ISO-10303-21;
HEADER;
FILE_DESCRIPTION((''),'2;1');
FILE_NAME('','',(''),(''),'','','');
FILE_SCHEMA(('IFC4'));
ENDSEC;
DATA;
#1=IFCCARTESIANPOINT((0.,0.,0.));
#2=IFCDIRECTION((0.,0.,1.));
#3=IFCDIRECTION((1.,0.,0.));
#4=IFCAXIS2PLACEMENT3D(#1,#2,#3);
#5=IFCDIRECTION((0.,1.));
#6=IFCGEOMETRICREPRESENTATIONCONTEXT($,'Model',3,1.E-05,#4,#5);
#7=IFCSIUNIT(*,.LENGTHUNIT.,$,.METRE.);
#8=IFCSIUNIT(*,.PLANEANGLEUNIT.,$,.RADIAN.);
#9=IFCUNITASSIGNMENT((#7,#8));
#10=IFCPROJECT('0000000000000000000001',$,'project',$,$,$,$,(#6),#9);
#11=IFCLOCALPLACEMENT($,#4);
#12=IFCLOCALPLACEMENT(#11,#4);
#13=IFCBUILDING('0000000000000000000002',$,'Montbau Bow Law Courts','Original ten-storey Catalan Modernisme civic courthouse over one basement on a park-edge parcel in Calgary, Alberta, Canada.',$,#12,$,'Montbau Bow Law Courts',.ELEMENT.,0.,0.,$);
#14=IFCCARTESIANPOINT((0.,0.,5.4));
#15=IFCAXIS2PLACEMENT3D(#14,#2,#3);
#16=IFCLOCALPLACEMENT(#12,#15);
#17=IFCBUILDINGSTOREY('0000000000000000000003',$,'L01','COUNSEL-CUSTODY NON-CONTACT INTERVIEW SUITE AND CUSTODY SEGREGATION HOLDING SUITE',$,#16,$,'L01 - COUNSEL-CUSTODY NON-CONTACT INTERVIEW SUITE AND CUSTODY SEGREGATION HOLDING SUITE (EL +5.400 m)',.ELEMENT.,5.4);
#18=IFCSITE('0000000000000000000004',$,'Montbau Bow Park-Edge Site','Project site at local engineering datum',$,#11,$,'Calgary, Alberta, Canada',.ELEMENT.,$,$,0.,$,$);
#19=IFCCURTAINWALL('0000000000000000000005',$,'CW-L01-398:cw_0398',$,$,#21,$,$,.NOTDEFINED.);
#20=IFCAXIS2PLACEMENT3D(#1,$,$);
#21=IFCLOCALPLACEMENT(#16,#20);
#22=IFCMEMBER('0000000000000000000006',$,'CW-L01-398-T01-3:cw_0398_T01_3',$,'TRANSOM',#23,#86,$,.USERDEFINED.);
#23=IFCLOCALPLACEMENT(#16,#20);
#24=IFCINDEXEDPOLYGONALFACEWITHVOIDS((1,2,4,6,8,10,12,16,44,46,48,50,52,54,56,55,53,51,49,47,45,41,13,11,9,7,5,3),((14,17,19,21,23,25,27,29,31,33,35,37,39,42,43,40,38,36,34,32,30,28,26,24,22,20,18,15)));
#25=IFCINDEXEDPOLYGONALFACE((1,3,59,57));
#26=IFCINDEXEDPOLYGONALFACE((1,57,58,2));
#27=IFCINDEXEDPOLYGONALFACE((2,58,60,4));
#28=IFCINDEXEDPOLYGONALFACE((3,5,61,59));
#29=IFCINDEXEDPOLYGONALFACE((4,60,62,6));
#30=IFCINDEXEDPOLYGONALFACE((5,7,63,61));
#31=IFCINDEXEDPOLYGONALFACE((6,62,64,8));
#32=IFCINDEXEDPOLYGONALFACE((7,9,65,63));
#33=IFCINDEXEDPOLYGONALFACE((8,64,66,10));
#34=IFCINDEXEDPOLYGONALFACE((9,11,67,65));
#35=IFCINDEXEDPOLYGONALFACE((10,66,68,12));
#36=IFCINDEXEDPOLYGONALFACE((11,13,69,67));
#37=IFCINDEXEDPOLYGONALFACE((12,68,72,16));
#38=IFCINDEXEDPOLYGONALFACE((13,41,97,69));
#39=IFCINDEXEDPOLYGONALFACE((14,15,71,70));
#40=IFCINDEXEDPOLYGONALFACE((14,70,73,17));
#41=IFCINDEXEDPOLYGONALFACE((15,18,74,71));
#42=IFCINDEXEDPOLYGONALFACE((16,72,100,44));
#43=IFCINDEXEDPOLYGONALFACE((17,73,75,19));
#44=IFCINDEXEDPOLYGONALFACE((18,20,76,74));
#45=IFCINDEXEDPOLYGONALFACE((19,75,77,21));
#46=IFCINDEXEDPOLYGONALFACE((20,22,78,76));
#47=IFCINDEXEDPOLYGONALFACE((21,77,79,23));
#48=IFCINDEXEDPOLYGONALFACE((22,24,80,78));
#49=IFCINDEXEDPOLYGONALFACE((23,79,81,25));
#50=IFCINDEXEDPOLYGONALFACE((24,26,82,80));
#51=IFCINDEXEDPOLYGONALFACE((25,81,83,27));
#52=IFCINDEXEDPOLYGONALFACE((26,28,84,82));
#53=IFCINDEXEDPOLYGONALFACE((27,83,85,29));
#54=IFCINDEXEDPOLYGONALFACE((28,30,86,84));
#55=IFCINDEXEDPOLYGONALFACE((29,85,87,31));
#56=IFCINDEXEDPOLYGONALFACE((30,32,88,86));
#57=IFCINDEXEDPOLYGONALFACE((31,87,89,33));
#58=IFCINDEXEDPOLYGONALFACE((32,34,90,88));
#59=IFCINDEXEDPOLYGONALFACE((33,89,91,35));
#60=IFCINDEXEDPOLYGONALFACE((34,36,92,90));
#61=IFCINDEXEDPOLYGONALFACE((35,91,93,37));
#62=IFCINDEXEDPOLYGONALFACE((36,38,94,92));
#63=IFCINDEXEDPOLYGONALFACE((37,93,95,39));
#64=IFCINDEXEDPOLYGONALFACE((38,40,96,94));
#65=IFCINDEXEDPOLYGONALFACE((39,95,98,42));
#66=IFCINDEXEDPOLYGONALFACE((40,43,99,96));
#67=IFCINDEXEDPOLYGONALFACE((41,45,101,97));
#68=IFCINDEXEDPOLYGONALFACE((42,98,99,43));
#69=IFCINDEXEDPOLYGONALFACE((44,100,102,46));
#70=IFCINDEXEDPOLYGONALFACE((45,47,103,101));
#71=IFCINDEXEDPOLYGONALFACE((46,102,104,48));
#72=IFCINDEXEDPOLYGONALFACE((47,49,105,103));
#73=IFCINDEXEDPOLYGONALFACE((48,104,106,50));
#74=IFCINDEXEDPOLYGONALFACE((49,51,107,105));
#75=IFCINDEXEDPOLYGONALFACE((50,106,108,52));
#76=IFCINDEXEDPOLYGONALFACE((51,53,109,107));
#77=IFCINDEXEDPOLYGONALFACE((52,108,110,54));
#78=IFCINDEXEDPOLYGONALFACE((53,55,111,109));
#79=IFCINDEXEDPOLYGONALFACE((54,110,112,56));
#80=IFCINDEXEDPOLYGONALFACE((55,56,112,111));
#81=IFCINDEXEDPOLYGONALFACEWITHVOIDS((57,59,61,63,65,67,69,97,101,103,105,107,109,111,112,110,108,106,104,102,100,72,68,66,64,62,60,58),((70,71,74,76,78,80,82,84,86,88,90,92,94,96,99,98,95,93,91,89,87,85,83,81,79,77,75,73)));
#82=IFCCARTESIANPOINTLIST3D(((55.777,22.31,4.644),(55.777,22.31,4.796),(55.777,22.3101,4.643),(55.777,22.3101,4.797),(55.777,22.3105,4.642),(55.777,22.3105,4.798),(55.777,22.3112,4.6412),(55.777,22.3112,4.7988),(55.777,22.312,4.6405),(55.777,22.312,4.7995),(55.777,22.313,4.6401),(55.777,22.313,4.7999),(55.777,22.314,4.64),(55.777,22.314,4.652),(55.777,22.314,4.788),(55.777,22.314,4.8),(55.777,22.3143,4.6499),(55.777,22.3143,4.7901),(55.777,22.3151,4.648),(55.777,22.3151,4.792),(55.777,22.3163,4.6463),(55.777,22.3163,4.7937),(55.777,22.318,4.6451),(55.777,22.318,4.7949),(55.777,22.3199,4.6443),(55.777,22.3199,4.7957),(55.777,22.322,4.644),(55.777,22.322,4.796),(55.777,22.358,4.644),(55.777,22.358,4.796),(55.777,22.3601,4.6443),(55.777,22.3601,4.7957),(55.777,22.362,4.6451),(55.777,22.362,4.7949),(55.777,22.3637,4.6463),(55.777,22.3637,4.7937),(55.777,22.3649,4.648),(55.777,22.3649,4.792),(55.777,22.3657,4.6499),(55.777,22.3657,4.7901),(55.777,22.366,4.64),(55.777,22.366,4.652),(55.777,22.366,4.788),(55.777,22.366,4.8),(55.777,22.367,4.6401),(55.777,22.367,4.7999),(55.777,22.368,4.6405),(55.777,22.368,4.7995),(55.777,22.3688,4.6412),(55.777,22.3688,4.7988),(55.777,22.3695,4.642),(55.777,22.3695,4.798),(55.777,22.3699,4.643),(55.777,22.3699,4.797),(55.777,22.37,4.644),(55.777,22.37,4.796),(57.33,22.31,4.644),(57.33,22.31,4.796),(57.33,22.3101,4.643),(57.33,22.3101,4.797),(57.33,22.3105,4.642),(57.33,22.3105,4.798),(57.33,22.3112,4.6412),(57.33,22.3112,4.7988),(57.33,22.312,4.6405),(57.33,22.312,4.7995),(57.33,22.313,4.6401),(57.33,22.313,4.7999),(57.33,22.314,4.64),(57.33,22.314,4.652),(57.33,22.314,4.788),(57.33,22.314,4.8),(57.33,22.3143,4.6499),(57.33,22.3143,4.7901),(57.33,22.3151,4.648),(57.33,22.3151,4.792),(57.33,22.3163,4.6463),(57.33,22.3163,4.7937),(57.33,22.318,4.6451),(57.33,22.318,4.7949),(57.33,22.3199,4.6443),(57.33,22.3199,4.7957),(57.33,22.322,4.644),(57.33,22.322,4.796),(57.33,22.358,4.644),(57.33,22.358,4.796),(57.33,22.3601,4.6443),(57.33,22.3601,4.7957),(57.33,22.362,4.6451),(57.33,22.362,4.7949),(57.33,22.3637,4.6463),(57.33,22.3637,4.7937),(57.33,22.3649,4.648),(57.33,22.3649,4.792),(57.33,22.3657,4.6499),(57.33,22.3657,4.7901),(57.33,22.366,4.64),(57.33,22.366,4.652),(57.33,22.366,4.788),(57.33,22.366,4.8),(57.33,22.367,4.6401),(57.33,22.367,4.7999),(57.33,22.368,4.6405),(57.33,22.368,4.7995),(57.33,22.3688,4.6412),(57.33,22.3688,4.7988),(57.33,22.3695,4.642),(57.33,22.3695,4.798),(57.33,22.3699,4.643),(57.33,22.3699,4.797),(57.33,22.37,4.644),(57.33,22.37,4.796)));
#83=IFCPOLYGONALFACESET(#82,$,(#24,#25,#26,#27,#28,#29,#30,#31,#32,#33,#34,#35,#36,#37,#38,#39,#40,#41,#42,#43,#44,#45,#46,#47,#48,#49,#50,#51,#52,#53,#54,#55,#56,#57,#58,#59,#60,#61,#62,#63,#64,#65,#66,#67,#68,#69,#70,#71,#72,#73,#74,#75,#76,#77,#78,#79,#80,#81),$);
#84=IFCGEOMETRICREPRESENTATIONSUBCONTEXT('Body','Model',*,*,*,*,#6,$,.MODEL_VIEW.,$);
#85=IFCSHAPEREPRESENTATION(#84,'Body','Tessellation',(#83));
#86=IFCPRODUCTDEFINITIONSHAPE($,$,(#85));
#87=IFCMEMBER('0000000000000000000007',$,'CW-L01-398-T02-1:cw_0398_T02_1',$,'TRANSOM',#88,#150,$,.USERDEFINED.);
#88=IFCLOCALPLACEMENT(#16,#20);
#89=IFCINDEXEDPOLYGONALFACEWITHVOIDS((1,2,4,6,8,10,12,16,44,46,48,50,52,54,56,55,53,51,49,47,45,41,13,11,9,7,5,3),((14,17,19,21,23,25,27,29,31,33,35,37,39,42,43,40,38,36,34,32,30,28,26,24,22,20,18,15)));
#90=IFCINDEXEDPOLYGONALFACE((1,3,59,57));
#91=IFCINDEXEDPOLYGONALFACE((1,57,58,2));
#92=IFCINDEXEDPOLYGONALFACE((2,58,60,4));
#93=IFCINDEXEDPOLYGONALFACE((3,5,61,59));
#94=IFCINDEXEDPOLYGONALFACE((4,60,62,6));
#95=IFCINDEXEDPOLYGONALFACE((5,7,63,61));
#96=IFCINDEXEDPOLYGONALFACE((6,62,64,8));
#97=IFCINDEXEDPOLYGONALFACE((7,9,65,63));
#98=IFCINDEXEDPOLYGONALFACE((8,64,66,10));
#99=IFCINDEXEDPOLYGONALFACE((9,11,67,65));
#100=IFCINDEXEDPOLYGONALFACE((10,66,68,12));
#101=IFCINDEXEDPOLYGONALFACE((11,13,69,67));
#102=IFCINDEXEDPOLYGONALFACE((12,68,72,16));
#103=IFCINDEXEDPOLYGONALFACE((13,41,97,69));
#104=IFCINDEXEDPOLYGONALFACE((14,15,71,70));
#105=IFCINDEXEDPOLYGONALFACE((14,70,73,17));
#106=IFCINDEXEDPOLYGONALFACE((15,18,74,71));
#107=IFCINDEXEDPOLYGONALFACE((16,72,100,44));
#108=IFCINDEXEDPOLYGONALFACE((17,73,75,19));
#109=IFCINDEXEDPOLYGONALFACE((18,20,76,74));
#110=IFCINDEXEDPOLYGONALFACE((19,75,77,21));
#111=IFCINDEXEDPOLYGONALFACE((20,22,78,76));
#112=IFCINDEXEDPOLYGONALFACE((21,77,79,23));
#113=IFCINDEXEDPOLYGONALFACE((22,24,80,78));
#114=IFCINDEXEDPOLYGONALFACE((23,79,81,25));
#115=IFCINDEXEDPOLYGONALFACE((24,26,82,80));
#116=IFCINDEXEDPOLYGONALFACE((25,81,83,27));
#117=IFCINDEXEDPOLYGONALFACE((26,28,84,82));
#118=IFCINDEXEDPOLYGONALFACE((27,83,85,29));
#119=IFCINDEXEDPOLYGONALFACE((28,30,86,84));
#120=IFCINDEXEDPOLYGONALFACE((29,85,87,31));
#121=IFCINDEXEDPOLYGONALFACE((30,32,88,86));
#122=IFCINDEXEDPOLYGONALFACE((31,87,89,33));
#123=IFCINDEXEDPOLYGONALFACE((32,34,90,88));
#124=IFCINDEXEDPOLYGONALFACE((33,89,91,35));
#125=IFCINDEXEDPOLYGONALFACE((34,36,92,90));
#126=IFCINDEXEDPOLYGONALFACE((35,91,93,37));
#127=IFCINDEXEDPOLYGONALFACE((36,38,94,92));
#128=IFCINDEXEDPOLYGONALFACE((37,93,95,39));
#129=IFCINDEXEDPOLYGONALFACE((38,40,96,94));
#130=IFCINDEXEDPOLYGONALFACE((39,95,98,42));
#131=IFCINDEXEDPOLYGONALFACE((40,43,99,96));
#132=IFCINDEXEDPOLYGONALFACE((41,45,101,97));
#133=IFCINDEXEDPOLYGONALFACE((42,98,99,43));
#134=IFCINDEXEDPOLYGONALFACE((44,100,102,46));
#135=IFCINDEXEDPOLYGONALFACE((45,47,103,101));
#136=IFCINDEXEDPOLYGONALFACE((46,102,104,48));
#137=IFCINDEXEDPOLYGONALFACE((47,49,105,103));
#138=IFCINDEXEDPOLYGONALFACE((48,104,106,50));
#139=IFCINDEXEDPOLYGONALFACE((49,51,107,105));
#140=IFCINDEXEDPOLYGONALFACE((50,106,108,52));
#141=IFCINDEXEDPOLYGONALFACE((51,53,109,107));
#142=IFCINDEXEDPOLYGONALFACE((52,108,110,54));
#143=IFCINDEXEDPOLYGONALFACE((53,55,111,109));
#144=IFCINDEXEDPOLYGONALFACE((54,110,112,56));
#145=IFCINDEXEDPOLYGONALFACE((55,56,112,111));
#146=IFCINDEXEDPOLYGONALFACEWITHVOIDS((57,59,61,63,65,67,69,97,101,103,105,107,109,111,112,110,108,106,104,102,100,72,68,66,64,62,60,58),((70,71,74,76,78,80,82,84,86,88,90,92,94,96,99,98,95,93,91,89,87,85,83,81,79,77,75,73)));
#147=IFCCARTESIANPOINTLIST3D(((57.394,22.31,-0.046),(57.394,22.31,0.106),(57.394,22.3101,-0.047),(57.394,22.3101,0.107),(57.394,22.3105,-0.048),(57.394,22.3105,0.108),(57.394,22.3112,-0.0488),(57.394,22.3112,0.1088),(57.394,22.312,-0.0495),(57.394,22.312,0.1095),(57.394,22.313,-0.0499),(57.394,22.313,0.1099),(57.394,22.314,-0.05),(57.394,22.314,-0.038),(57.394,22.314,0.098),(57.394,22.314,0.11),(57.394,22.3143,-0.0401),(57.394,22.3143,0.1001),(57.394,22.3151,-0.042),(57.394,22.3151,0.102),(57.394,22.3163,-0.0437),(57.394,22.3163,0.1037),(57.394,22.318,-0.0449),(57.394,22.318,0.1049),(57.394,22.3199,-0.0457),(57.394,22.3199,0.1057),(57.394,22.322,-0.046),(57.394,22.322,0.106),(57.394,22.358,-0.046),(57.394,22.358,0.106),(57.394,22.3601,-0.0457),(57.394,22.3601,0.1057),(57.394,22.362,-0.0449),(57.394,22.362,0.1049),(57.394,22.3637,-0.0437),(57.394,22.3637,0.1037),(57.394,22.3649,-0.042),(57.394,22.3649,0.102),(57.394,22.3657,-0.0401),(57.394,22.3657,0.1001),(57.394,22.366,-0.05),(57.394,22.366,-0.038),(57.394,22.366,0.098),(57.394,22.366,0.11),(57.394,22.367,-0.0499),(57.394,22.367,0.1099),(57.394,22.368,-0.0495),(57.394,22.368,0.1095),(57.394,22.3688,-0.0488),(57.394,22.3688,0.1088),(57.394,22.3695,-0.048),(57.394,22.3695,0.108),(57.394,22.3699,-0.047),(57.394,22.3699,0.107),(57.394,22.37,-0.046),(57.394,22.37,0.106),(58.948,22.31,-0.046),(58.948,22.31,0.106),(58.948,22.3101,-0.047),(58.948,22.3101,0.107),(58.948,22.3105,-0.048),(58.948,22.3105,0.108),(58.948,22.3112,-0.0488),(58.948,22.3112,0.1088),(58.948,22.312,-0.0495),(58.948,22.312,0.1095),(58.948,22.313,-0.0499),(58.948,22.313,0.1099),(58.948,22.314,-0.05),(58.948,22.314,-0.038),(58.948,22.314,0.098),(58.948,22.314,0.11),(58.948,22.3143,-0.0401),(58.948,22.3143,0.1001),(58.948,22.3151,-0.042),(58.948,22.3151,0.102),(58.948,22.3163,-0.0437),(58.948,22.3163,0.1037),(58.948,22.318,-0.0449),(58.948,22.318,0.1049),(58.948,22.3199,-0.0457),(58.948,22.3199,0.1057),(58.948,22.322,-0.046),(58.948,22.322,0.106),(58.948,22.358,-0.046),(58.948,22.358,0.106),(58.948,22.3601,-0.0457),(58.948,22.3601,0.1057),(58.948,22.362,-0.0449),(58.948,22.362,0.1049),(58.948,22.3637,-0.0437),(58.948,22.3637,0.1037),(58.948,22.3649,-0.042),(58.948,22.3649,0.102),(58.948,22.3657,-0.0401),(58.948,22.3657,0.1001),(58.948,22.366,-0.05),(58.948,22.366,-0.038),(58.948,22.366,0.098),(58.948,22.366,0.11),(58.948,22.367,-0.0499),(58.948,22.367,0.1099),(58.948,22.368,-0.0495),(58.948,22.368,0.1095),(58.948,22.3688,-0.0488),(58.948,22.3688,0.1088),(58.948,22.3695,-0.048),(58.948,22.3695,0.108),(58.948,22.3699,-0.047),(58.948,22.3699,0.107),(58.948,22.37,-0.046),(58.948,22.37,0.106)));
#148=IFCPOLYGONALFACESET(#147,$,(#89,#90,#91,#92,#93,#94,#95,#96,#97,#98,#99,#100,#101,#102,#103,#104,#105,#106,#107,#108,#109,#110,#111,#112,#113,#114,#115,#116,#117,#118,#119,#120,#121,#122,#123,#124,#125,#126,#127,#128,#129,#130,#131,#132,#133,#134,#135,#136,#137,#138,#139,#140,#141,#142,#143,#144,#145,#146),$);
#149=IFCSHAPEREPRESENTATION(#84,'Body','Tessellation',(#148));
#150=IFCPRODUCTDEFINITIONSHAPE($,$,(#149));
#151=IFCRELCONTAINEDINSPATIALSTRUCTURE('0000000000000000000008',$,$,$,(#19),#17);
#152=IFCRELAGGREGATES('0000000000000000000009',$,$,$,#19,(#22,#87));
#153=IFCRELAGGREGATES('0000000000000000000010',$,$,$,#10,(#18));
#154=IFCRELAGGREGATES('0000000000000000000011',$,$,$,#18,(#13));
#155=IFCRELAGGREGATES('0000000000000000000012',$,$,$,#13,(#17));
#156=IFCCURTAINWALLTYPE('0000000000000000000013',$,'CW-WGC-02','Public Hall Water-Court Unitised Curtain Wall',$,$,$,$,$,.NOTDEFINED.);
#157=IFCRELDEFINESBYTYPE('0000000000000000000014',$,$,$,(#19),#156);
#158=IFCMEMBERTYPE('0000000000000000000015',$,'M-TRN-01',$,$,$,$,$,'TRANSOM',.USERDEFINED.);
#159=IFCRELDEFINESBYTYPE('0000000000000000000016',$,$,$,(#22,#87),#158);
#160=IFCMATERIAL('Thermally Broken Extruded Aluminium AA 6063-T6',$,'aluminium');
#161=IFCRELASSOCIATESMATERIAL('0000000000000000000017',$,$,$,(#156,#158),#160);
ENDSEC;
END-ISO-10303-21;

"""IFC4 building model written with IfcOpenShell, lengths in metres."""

from ifc_helpers import new_model, si_unit, direction, frame, origin_with_axes, origin_2d_with_axis, place, context, subcontext, project, spatial, hollow_rectangle, extrude, material, material_profile, profile_set, type_object, element, aggregate, save


model = new_model("IFC4")

# Units and contexts
model_context = context("Model", 3, precision=1e-05, world=origin_with_axes(), true_north=direction((0.0, 1.0)))
body_context = subcontext(model_context, "Body", "Model", "MODEL_VIEW")
ifc_project = project(units=[si_unit("LENGTHUNIT", "METRE"), si_unit("PLANEANGLEUNIT", "RADIAN")], contexts=[model_context])

# Site, building, storey
site_placement = place(None, origin_with_axes())
site = spatial("IfcSite", under=ifc_project, at=site_placement, Name="Montbau Bow Park-Edge Site", Description="Project site at local engineering datum", LongName="Calgary, Alberta, Canada", CompositionType="ELEMENT", RefElevation=0.0)
building_placement = place(site_placement, origin_with_axes())
building = spatial("IfcBuilding", under=site, at=building_placement, Name="Montbau Bow Law Courts", Description="Original ten-storey Catalan Modernisme civic courthouse over one basement on a park-edge parcel in Calgary, Alberta, Canada.", LongName="Montbau Bow Law Courts", CompositionType="ELEMENT", ElevationOfRefHeight=0.0, ElevationOfTerrain=0.0)
storey_placement = place(building_placement, frame((0.0, 0.0, 5.4), z_axis=(0.0, 0.0, 1.0), x_axis=(1.0, 0.0, 0.0)))
storey = spatial("IfcBuildingStorey", under=building, at=storey_placement, Name="L01", Description="COUNSEL-CUSTODY NON-CONTACT INTERVIEW SUITE AND CUSTODY SEGREGATION HOLDING SUITE", LongName="L01 - COUNSEL-CUSTODY NON-CONTACT INTERVIEW SUITE AND CUSTODY SEGREGATION HOLDING SUITE (EL +5.400 m)", CompositionType="ELEMENT", Elevation=5.4)

# Curtain wall, members
ifc_material_1 = material(Name="Thermally Broken Extruded Aluminium AA 6063-T6", Category="aluminium")
curtain_wall_type = type_object("IfcCurtainWallType", Name="CW-WGC-02", Description="Public Hall Water-Court Unitised Curtain Wall", PredefinedType="NOTDEFINED", material=ifc_material_1)
curtain_wall_1_placement = place(None, frame((55.715, 22.34, 5.4), z_axis=(0.0, 0.0, 1.0), x_axis=(1.0, 0.0, 0.0)))
curtain_wall_1 = element("IfcCurtainWall", 1, at=curtain_wall_1_placement, inside=storey, type_object=curtain_wall_type, Name="CW-L01-398:cw_0398", PredefinedType="NOTDEFINED")
ifc_material_profile_1 = material_profile(ifc_material_1, hollow_rectangle(XDim=0.06, YDim=0.16, WallThickness=0.004, InnerFilletRadius=0.008, OuterFilletRadius=0.004, at=origin_2d_with_axis()), Name="CWT-160X60", Category="Main", Priority=0)
ifc_profile_set_1 = profile_set([ifc_material_profile_1], Name="Thermally Broken Extruded Aluminium AA 6063-T6")
member_type_1 = type_object("IfcMemberType", Name="M-TRN-01", ElementType="TRANSOM", PredefinedType="USERDEFINED", material=ifc_profile_set_1)
member_1_placement = place(None, frame((55.777, 22.34, 10.12), z_axis=(1.0, 0.0, 0.0), x_axis=(0.0, 1.0, 0.0)))
member_1 = element("IfcMember", 2, at=member_1_placement, type_object=member_type_1, Name="CW-L01-398-T01-3:cw_0398_T01_3", ObjectType="TRANSOM", PredefinedType="USERDEFINED", context=body_context, shape_type="SweptSolid", body=[
    extrude(hollow_rectangle(XDim=0.06, YDim=0.16, WallThickness=0.004, InnerFilletRadius=0.008, OuterFilletRadius=0.004, at=origin_2d_with_axis()), origin_with_axes(), (0.0, 0.0, 1.0), 1.553),
])
member_2_placement = place(None, frame((57.394, 22.34, 5.43), z_axis=(1.0, 0.0, 0.0), x_axis=(0.0, 1.0, 0.0)))
member_2 = element("IfcMember", 3, at=member_2_placement, type_object=member_type_1, Name="CW-L01-398-T02-1:cw_0398_T02_1", ObjectType="TRANSOM", PredefinedType="USERDEFINED", context=body_context, shape_type="SweptSolid", body=[
    extrude(hollow_rectangle(XDim=0.06, YDim=0.16, WallThickness=0.004, InnerFilletRadius=0.008, OuterFilletRadius=0.004, at=origin_2d_with_axis()), origin_with_axes(), (0.0, 0.0, 1.0), 1.554),
])

aggregate(curtain_wall_1, [member_1, member_2])

save(model, "model.ifc")
